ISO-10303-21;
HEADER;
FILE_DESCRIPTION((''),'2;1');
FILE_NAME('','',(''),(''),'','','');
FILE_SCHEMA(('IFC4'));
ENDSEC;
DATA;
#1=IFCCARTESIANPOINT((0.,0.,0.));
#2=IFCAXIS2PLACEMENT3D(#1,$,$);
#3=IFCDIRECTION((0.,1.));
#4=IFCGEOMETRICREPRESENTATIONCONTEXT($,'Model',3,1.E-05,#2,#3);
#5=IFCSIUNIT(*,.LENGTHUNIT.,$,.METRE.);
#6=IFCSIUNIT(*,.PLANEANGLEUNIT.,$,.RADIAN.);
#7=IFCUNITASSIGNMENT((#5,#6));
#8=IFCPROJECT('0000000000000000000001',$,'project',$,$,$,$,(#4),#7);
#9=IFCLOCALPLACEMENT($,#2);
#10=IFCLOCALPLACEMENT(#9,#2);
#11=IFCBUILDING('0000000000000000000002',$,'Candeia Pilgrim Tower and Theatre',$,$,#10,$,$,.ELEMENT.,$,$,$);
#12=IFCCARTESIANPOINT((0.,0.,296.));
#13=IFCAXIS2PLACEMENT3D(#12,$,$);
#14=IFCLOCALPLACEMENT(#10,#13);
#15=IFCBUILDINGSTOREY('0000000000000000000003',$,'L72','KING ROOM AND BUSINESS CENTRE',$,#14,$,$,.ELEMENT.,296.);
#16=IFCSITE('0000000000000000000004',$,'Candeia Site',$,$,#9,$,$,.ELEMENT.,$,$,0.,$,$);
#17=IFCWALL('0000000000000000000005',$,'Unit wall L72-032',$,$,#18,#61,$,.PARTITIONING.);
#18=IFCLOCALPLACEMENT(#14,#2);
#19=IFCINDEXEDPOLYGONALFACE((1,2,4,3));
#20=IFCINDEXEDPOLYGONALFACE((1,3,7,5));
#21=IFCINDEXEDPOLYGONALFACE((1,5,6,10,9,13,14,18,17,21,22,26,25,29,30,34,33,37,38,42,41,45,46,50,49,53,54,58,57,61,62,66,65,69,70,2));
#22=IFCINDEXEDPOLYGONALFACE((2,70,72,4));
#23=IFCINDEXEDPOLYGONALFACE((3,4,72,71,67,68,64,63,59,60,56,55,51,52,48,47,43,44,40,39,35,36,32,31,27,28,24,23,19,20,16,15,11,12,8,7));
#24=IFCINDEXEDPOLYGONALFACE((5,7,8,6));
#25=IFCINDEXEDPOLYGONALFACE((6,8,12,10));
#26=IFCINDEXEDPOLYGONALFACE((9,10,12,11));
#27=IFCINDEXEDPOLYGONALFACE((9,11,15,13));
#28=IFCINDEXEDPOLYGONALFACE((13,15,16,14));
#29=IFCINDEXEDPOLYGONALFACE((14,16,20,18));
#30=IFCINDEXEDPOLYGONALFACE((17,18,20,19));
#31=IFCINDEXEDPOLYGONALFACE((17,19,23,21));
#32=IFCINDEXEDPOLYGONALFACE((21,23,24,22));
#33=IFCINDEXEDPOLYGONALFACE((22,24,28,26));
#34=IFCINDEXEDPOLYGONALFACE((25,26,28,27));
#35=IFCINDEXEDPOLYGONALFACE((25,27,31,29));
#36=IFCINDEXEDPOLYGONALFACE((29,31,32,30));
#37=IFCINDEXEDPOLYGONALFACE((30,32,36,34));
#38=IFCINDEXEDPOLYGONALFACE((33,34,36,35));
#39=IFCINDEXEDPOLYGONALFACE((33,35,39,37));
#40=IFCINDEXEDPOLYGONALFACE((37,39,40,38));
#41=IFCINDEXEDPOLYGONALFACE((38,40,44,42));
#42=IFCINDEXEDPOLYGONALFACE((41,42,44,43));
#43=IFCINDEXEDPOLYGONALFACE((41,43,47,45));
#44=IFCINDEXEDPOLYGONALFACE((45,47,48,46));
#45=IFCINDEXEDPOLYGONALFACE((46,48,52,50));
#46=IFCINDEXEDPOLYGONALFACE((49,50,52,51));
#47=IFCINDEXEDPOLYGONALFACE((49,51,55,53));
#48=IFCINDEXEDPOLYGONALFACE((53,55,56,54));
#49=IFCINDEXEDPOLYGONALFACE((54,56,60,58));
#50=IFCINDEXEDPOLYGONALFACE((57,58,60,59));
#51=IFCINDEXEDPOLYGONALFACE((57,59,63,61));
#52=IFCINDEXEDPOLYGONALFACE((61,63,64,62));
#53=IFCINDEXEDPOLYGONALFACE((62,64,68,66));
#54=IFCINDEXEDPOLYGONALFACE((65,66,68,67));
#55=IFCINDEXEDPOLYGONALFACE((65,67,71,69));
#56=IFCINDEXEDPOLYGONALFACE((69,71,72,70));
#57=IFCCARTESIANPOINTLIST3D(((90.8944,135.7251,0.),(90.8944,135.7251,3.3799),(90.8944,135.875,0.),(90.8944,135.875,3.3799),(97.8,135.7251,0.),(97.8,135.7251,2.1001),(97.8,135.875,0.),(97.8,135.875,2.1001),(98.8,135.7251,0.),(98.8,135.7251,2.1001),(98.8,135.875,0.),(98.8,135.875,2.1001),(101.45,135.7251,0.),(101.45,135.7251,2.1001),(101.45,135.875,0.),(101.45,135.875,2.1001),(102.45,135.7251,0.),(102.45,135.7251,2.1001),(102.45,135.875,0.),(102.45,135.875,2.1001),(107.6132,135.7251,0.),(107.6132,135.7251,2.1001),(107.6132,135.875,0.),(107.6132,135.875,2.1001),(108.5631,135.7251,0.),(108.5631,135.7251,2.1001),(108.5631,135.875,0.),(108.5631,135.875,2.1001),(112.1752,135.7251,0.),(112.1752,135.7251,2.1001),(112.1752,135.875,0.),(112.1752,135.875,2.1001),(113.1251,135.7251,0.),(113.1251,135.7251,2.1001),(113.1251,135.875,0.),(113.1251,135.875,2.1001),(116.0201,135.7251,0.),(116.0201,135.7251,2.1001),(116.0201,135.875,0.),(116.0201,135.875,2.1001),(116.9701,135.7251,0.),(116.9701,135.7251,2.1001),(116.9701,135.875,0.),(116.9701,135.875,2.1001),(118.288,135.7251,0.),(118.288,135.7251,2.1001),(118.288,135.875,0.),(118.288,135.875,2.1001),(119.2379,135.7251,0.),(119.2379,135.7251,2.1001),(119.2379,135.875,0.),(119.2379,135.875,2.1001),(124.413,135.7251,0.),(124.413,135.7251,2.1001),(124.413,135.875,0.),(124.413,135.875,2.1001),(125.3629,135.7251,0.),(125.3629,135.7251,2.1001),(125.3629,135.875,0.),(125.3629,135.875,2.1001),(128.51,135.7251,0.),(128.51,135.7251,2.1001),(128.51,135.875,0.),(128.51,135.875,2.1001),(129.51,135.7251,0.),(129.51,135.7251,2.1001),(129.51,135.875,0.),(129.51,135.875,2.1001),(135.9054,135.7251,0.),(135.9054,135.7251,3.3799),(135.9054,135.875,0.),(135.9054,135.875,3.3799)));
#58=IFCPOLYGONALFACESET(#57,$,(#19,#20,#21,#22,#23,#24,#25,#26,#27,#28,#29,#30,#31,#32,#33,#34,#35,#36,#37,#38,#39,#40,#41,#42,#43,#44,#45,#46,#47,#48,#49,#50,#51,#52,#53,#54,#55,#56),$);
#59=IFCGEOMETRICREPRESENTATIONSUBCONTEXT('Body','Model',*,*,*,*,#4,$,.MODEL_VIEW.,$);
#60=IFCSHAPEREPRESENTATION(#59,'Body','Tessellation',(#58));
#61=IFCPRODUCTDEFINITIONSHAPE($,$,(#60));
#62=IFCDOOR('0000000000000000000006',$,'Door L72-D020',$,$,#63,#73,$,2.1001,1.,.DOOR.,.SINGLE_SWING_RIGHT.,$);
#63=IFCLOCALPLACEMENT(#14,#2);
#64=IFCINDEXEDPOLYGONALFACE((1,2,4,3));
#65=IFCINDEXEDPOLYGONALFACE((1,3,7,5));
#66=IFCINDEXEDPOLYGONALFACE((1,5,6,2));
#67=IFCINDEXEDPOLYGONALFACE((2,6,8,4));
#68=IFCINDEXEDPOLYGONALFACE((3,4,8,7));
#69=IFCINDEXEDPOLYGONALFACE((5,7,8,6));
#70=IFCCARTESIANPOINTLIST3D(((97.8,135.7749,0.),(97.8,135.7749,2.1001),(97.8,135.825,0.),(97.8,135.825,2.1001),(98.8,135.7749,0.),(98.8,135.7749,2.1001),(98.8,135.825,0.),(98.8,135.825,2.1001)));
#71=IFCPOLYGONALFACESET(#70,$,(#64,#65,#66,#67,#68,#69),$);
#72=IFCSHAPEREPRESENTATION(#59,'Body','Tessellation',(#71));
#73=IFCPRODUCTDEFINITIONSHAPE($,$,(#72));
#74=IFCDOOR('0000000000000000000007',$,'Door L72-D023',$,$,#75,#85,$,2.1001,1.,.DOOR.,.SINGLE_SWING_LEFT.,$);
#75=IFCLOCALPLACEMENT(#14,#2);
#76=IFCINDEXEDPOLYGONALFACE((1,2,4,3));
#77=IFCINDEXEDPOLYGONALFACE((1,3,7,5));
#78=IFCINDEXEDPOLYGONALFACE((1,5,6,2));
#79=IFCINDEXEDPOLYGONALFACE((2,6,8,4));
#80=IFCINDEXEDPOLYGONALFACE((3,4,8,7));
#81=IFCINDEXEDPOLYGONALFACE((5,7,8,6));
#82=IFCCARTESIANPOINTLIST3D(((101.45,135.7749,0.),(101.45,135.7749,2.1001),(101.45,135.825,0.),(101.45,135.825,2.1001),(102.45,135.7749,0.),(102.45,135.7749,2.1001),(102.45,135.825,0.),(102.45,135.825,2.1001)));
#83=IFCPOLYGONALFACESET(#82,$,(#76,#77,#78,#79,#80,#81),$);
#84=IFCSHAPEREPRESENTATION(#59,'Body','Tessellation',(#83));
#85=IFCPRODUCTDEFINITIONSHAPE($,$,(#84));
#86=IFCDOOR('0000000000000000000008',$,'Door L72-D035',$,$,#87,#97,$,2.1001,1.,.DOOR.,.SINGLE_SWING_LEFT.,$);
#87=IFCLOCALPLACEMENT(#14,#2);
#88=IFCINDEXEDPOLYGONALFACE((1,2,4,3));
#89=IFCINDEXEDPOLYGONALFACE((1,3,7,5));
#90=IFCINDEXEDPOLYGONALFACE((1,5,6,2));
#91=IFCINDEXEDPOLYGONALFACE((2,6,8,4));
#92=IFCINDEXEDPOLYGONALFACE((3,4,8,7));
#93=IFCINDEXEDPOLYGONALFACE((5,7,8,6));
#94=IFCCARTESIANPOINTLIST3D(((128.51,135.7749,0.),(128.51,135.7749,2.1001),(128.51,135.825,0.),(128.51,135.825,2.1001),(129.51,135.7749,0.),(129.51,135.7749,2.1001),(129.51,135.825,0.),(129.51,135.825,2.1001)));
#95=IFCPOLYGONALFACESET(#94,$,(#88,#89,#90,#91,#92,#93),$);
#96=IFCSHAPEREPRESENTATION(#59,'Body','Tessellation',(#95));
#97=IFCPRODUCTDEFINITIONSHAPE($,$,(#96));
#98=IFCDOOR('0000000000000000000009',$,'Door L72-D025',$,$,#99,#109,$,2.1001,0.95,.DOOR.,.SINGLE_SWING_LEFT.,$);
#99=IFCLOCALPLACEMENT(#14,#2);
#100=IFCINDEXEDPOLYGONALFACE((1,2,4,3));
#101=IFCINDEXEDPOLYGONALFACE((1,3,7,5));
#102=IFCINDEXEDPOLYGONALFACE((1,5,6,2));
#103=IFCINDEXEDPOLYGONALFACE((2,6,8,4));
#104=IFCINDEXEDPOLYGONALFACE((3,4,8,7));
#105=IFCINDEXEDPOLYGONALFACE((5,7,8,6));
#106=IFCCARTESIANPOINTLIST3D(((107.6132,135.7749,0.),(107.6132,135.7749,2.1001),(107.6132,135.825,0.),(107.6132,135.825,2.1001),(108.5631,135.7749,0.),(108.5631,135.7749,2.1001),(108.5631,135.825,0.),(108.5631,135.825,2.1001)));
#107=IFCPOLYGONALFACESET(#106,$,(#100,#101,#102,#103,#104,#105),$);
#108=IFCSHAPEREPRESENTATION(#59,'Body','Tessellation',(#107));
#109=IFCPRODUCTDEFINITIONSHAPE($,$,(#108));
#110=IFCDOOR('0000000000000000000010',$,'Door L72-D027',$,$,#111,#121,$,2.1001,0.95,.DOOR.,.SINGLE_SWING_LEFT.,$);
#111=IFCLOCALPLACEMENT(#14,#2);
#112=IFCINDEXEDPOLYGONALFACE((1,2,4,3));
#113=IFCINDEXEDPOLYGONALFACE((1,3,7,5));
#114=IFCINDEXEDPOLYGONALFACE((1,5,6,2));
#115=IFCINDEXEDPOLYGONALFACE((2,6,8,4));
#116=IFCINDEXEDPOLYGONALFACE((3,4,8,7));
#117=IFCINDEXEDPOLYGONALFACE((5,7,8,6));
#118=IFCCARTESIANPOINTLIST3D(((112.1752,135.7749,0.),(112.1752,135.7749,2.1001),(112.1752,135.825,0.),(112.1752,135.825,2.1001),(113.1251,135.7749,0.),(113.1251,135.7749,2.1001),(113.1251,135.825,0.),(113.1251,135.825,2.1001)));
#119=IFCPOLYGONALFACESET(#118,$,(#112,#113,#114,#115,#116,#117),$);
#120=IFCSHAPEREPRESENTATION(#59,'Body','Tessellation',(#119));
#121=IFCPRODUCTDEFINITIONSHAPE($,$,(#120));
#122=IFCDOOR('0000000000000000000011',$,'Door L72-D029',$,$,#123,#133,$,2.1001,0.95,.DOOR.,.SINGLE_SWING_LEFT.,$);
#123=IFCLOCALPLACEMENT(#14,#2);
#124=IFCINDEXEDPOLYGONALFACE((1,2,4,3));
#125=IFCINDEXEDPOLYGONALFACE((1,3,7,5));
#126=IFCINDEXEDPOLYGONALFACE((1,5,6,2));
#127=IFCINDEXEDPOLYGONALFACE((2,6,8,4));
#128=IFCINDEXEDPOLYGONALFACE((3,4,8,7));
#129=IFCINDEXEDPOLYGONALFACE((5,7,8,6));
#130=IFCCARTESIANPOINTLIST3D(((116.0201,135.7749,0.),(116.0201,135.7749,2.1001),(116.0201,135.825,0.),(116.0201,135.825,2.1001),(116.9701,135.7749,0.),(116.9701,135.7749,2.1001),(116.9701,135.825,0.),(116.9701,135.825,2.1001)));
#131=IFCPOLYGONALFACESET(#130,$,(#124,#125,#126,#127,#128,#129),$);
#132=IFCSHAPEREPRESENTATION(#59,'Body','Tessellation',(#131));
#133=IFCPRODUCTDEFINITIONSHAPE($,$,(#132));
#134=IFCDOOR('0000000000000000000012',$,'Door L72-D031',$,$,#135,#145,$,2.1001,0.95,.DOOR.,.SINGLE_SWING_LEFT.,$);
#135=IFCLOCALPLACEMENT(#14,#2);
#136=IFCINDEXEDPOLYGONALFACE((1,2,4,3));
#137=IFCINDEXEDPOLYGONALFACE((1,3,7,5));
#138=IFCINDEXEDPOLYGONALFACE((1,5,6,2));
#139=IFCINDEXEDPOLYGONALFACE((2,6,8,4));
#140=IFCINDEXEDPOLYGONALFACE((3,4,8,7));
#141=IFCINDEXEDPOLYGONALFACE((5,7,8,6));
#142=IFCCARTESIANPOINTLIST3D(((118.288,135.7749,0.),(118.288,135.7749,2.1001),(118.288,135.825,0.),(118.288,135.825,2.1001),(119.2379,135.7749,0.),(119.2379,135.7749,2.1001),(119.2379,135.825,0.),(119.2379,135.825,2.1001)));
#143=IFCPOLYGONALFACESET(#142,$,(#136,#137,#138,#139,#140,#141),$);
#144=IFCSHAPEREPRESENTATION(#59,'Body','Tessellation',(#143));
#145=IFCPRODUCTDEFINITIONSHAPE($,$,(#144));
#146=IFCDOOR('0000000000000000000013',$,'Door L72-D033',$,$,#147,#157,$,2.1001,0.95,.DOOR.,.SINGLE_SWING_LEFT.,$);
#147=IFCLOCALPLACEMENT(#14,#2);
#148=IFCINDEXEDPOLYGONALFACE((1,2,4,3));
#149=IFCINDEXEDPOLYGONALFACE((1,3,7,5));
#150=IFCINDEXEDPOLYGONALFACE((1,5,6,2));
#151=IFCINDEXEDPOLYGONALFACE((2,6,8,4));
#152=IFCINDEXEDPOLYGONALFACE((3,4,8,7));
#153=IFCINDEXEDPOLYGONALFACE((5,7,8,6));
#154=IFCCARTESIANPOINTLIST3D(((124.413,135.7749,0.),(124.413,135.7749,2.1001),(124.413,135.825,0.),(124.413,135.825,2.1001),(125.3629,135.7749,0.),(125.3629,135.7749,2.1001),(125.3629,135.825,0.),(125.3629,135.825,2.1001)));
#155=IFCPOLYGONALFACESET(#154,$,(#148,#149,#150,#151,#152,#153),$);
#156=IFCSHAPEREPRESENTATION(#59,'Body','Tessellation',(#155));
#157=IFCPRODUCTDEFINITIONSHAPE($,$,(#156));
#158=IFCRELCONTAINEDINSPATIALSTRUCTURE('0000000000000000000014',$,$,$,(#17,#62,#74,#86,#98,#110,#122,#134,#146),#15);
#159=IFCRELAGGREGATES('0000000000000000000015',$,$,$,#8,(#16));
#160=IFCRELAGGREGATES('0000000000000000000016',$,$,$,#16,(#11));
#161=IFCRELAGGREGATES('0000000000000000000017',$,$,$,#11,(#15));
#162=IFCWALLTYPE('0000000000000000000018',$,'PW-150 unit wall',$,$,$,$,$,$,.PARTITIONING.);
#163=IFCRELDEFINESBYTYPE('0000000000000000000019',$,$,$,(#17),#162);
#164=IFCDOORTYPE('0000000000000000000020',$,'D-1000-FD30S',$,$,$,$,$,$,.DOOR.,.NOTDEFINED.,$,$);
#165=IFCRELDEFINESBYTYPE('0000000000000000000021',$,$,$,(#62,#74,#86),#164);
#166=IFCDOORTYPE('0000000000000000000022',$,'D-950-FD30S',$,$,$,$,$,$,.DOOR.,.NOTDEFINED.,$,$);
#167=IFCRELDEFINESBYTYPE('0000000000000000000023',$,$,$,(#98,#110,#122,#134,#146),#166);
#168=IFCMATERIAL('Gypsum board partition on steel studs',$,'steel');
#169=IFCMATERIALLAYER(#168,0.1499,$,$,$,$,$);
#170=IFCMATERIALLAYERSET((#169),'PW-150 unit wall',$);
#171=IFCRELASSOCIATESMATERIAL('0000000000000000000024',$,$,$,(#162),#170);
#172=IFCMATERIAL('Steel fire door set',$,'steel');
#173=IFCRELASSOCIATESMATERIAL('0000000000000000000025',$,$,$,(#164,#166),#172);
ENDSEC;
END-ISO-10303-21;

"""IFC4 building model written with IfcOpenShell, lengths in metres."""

from ifc_helpers import new_model, si_unit, direction, frame, frame_2d, origin, place, context, subcontext, project, spatial, rectangle, extrude, material, layer, layer_set, type_object, element, fill, save


model = new_model("IFC4")

# Units and contexts
model_context = context("Model", 3, precision=1e-05, world=origin(), true_north=direction((0.0, 1.0)))
body_context = subcontext(model_context, "Body", "Model", "MODEL_VIEW")
ifc_project = project(units=[si_unit("LENGTHUNIT", "METRE"), si_unit("PLANEANGLEUNIT", "RADIAN")], contexts=[model_context])

# Site, building, storey
site_placement = place(None, origin())
site = spatial("IfcSite", under=ifc_project, at=site_placement, Name="Candeia Site", CompositionType="ELEMENT", RefElevation=0.0)
building_placement = place(site_placement, origin())
building = spatial("IfcBuilding", under=site, at=building_placement, Name="Candeia Pilgrim Tower and Theatre", CompositionType="ELEMENT")
storey_placement = place(building_placement, frame((0.0, 0.0, 296.0)))
storey = spatial("IfcBuildingStorey", under=building, at=storey_placement, Name="L72", Description="KING ROOM AND BUSINESS CENTRE", CompositionType="ELEMENT", Elevation=296.0)

# Shared definitions
ifc_material_1 = material(Name="Steel fire door set", Category="steel")
ifc_material_2 = material(Name="Gypsum board partition on steel studs", Category="steel")

# Wall, openings, doors
ifc_layer_1 = layer(ifc_material_2, 0.1499)
ifc_layer_set_1 = layer_set([ifc_layer_1], Name="PW-150 unit wall")
wall_type_1 = type_object("IfcWallType", Name="PW-150 unit wall", PredefinedType="PARTITIONING", material=ifc_layer_set_1)
wall_1_placement = place(storey_placement, frame((90.8945, 135.8, 0.0), z_axis=(0.0, 0.0, 1.0), x_axis=(1.0, 0.0, 0.0)))
wall_1 = element("IfcWall", 1, at=wall_1_placement, inside=storey, type_object=wall_type_1, Name="Unit wall L72-032", PredefinedType="PARTITIONING", context=body_context, shape_type="SweptSolid", body=[
    extrude(rectangle(XDim=45.011, YDim=0.1499, at=frame_2d((22.5054, 0.0))), origin(), (0.0, 0.0, 1.0), 3.3799),
])
opening_1_placement = place(wall_1_placement, frame((6.9055, 0.0, 0.0)))
opening_1 = element("IfcOpeningElement", 2, at=opening_1_placement, cuts=wall_1, PredefinedType="OPENING", context=body_context, shape_type="SweptSolid", body=[
    extrude(rectangle(XDim=1.0, YDim=2.1001, at=frame_2d((0.5, 1.05))), frame((0.0, 0.085, 0.0), z_axis=(0.0, -1.0, 0.0), x_axis=(1.0, 0.0, 0.0)), (0.0, 0.0, 1.0), 0.1699),
])
opening_2_placement = place(wall_1_placement, frame((10.5554, 0.0, 0.0)))
opening_2 = element("IfcOpeningElement", 3, at=opening_2_placement, cuts=wall_1, PredefinedType="OPENING", context=body_context, shape_type="SweptSolid", body=[
    extrude(rectangle(XDim=1.0, YDim=2.1001, at=frame_2d((0.5, 1.05))), frame((0.0, 0.085, 0.0), z_axis=(0.0, -1.0, 0.0), x_axis=(1.0, 0.0, 0.0)), (0.0, 0.0, 1.0), 0.1699),
])
opening_3_placement = place(wall_1_placement, frame((16.7185, 0.0, 0.0)))
opening_3 = element("IfcOpeningElement", 4, at=opening_3_placement, cuts=wall_1, PredefinedType="OPENING", context=body_context, shape_type="SweptSolid", body=[
    extrude(rectangle(XDim=0.95, YDim=2.1001, at=frame_2d((0.4751, 1.05))), frame((0.0, 0.085, 0.0), z_axis=(0.0, -1.0, 0.0), x_axis=(1.0, 0.0, 0.0)), (0.0, 0.0, 1.0), 0.1699),
])
opening_4_placement = place(wall_1_placement, frame((21.2805, 0.0, 0.0)))
opening_4 = element("IfcOpeningElement", 5, at=opening_4_placement, cuts=wall_1, PredefinedType="OPENING", context=body_context, shape_type="SweptSolid", body=[
    extrude(rectangle(XDim=0.95, YDim=2.1001, at=frame_2d((0.4751, 1.05))), frame((0.0, 0.085, 0.0), z_axis=(0.0, -1.0, 0.0), x_axis=(1.0, 0.0, 0.0)), (0.0, 0.0, 1.0), 0.1699),
])
opening_5_placement = place(wall_1_placement, frame((25.1255, 0.0, 0.0)))
opening_5 = element("IfcOpeningElement", 6, at=opening_5_placement, cuts=wall_1, PredefinedType="OPENING", context=body_context, shape_type="SweptSolid", body=[
    extrude(rectangle(XDim=0.95, YDim=2.1001, at=frame_2d((0.4751, 1.05))), frame((0.0, 0.085, 0.0), z_axis=(0.0, -1.0, 0.0), x_axis=(1.0, 0.0, 0.0)), (0.0, 0.0, 1.0), 0.1699),
])
opening_6_placement = place(wall_1_placement, frame((27.3933, 0.0, 0.0)))
opening_6 = element("IfcOpeningElement", 7, at=opening_6_placement, cuts=wall_1, PredefinedType="OPENING", context=body_context, shape_type="SweptSolid", body=[
    extrude(rectangle(XDim=0.95, YDim=2.1001, at=frame_2d((0.4751, 1.05))), frame((0.0, 0.085, 0.0), z_axis=(0.0, -1.0, 0.0), x_axis=(1.0, 0.0, 0.0)), (0.0, 0.0, 1.0), 0.1699),
])
opening_7_placement = place(wall_1_placement, frame((33.5183, 0.0, 0.0)))
opening_7 = element("IfcOpeningElement", 8, at=opening_7_placement, cuts=wall_1, PredefinedType="OPENING", context=body_context, shape_type="SweptSolid", body=[
    extrude(rectangle(XDim=0.95, YDim=2.1001, at=frame_2d((0.4751, 1.05))), frame((0.0, 0.085, 0.0), z_axis=(0.0, -1.0, 0.0), x_axis=(1.0, 0.0, 0.0)), (0.0, 0.0, 1.0), 0.1699),
])
opening_8_placement = place(wall_1_placement, frame((37.6155, 0.0, 0.0)))
opening_8 = element("IfcOpeningElement", 9, at=opening_8_placement, cuts=wall_1, PredefinedType="OPENING", context=body_context, shape_type="SweptSolid", body=[
    extrude(rectangle(XDim=1.0, YDim=2.1001, at=frame_2d((0.5, 1.05))), frame((0.0, 0.085, 0.0), z_axis=(0.0, -1.0, 0.0), x_axis=(1.0, 0.0, 0.0)), (0.0, 0.0, 1.0), 0.1699),
])
door_type_1 = type_object("IfcDoorType", Name="D-1000-FD30S", OperationType="NOTDEFINED", PredefinedType="DOOR", material=ifc_material_1)
door_1_placement = place(opening_1_placement, origin())
door_1 = element("IfcDoor", 10, at=door_1_placement, inside=storey, type_object=door_type_1, Name="Door L72-D020", OperationType="SINGLE_SWING_RIGHT", OverallHeight=2.1001, OverallWidth=1.0, PredefinedType="DOOR", context=body_context, shape_type="SweptSolid", body=[
    extrude(rectangle(XDim=1.0, YDim=2.1001, at=frame_2d((0.5, 1.05))), frame((0.0, 0.0249, 0.0), z_axis=(0.0, -1.0, 0.0), x_axis=(1.0, 0.0, 0.0)), (0.0, 0.0, 1.0), 0.05),
])
fill(opening_1, door_1)
door_2_placement = place(opening_2_placement, origin())
door_2 = element("IfcDoor", 11, at=door_2_placement, inside=storey, type_object=door_type_1, Name="Door L72-D023", OperationType="SINGLE_SWING_LEFT", OverallHeight=2.1001, OverallWidth=1.0, PredefinedType="DOOR", context=body_context, shape_type="SweptSolid", body=[
    extrude(rectangle(XDim=1.0, YDim=2.1001, at=frame_2d((0.5, 1.05))), frame((0.0, 0.0249, 0.0), z_axis=(0.0, -1.0, 0.0), x_axis=(1.0, 0.0, 0.0)), (0.0, 0.0, 1.0), 0.05),
])
fill(opening_2, door_2)
door_3_placement = place(opening_8_placement, origin())
door_3 = element("IfcDoor", 12, at=door_3_placement, inside=storey, type_object=door_type_1, Name="Door L72-D035", OperationType="SINGLE_SWING_LEFT", OverallHeight=2.1001, OverallWidth=1.0, PredefinedType="DOOR", context=body_context, shape_type="SweptSolid", body=[
    extrude(rectangle(XDim=1.0, YDim=2.1001, at=frame_2d((0.5, 1.05))), frame((0.0, 0.0249, 0.0), z_axis=(0.0, -1.0, 0.0), x_axis=(1.0, 0.0, 0.0)), (0.0, 0.0, 1.0), 0.05),
])
fill(opening_8, door_3)
door_type_2 = type_object("IfcDoorType", Name="D-950-FD30S", OperationType="NOTDEFINED", PredefinedType="DOOR", material=ifc_material_1)
door_4_placement = place(opening_3_placement, origin())
door_4 = element("IfcDoor", 13, at=door_4_placement, inside=storey, type_object=door_type_2, Name="Door L72-D025", OperationType="SINGLE_SWING_LEFT", OverallHeight=2.1001, OverallWidth=0.95, PredefinedType="DOOR", context=body_context, shape_type="SweptSolid", body=[
    extrude(rectangle(XDim=0.95, YDim=2.1001, at=frame_2d((0.4751, 1.05))), frame((0.0, 0.0249, 0.0), z_axis=(0.0, -1.0, 0.0), x_axis=(1.0, 0.0, 0.0)), (0.0, 0.0, 1.0), 0.05),
])
fill(opening_3, door_4)
door_5_placement = place(opening_4_placement, origin())
door_5 = element("IfcDoor", 14, at=door_5_placement, inside=storey, type_object=door_type_2, Name="Door L72-D027", OperationType="SINGLE_SWING_LEFT", OverallHeight=2.1001, OverallWidth=0.95, PredefinedType="DOOR", context=body_context, shape_type="SweptSolid", body=[
    extrude(rectangle(XDim=0.95, YDim=2.1001, at=frame_2d((0.4751, 1.05))), frame((0.0, 0.0249, 0.0), z_axis=(0.0, -1.0, 0.0), x_axis=(1.0, 0.0, 0.0)), (0.0, 0.0, 1.0), 0.05),
])
fill(opening_4, door_5)
door_6_placement = place(opening_5_placement, origin())
door_6 = element("IfcDoor", 15, at=door_6_placement, inside=storey, type_object=door_type_2, Name="Door L72-D029", OperationType="SINGLE_SWING_LEFT", OverallHeight=2.1001, OverallWidth=0.95, PredefinedType="DOOR", context=body_context, shape_type="SweptSolid", body=[
    extrude(rectangle(XDim=0.95, YDim=2.1001, at=frame_2d((0.4751, 1.05))), frame((0.0, 0.0249, 0.0), z_axis=(0.0, -1.0, 0.0), x_axis=(1.0, 0.0, 0.0)), (0.0, 0.0, 1.0), 0.05),
])
fill(opening_5, door_6)
door_7_placement = place(opening_6_placement, origin())
door_7 = element("IfcDoor", 16, at=door_7_placement, inside=storey, type_object=door_type_2, Name="Door L72-D031", OperationType="SINGLE_SWING_LEFT", OverallHeight=2.1001, OverallWidth=0.95, PredefinedType="DOOR", context=body_context, shape_type="SweptSolid", body=[
    extrude(rectangle(XDim=0.95, YDim=2.1001, at=frame_2d((0.4751, 1.05))), frame((0.0, 0.0249, 0.0), z_axis=(0.0, -1.0, 0.0), x_axis=(1.0, 0.0, 0.0)), (0.0, 0.0, 1.0), 0.05),
])
fill(opening_6, door_7)
door_8_placement = place(opening_7_placement, origin())
door_8 = element("IfcDoor", 17, at=door_8_placement, inside=storey, type_object=door_type_2, Name="Door L72-D033", OperationType="SINGLE_SWING_LEFT", OverallHeight=2.1001, OverallWidth=0.95, PredefinedType="DOOR", context=body_context, shape_type="SweptSolid", body=[
    extrude(rectangle(XDim=0.95, YDim=2.1001, at=frame_2d((0.4751, 1.05))), frame((0.0, 0.0249, 0.0), z_axis=(0.0, -1.0, 0.0), x_axis=(1.0, 0.0, 0.0)), (0.0, 0.0, 1.0), 0.05),
])
fill(opening_7, door_8)

save(model, "model.ifc")
